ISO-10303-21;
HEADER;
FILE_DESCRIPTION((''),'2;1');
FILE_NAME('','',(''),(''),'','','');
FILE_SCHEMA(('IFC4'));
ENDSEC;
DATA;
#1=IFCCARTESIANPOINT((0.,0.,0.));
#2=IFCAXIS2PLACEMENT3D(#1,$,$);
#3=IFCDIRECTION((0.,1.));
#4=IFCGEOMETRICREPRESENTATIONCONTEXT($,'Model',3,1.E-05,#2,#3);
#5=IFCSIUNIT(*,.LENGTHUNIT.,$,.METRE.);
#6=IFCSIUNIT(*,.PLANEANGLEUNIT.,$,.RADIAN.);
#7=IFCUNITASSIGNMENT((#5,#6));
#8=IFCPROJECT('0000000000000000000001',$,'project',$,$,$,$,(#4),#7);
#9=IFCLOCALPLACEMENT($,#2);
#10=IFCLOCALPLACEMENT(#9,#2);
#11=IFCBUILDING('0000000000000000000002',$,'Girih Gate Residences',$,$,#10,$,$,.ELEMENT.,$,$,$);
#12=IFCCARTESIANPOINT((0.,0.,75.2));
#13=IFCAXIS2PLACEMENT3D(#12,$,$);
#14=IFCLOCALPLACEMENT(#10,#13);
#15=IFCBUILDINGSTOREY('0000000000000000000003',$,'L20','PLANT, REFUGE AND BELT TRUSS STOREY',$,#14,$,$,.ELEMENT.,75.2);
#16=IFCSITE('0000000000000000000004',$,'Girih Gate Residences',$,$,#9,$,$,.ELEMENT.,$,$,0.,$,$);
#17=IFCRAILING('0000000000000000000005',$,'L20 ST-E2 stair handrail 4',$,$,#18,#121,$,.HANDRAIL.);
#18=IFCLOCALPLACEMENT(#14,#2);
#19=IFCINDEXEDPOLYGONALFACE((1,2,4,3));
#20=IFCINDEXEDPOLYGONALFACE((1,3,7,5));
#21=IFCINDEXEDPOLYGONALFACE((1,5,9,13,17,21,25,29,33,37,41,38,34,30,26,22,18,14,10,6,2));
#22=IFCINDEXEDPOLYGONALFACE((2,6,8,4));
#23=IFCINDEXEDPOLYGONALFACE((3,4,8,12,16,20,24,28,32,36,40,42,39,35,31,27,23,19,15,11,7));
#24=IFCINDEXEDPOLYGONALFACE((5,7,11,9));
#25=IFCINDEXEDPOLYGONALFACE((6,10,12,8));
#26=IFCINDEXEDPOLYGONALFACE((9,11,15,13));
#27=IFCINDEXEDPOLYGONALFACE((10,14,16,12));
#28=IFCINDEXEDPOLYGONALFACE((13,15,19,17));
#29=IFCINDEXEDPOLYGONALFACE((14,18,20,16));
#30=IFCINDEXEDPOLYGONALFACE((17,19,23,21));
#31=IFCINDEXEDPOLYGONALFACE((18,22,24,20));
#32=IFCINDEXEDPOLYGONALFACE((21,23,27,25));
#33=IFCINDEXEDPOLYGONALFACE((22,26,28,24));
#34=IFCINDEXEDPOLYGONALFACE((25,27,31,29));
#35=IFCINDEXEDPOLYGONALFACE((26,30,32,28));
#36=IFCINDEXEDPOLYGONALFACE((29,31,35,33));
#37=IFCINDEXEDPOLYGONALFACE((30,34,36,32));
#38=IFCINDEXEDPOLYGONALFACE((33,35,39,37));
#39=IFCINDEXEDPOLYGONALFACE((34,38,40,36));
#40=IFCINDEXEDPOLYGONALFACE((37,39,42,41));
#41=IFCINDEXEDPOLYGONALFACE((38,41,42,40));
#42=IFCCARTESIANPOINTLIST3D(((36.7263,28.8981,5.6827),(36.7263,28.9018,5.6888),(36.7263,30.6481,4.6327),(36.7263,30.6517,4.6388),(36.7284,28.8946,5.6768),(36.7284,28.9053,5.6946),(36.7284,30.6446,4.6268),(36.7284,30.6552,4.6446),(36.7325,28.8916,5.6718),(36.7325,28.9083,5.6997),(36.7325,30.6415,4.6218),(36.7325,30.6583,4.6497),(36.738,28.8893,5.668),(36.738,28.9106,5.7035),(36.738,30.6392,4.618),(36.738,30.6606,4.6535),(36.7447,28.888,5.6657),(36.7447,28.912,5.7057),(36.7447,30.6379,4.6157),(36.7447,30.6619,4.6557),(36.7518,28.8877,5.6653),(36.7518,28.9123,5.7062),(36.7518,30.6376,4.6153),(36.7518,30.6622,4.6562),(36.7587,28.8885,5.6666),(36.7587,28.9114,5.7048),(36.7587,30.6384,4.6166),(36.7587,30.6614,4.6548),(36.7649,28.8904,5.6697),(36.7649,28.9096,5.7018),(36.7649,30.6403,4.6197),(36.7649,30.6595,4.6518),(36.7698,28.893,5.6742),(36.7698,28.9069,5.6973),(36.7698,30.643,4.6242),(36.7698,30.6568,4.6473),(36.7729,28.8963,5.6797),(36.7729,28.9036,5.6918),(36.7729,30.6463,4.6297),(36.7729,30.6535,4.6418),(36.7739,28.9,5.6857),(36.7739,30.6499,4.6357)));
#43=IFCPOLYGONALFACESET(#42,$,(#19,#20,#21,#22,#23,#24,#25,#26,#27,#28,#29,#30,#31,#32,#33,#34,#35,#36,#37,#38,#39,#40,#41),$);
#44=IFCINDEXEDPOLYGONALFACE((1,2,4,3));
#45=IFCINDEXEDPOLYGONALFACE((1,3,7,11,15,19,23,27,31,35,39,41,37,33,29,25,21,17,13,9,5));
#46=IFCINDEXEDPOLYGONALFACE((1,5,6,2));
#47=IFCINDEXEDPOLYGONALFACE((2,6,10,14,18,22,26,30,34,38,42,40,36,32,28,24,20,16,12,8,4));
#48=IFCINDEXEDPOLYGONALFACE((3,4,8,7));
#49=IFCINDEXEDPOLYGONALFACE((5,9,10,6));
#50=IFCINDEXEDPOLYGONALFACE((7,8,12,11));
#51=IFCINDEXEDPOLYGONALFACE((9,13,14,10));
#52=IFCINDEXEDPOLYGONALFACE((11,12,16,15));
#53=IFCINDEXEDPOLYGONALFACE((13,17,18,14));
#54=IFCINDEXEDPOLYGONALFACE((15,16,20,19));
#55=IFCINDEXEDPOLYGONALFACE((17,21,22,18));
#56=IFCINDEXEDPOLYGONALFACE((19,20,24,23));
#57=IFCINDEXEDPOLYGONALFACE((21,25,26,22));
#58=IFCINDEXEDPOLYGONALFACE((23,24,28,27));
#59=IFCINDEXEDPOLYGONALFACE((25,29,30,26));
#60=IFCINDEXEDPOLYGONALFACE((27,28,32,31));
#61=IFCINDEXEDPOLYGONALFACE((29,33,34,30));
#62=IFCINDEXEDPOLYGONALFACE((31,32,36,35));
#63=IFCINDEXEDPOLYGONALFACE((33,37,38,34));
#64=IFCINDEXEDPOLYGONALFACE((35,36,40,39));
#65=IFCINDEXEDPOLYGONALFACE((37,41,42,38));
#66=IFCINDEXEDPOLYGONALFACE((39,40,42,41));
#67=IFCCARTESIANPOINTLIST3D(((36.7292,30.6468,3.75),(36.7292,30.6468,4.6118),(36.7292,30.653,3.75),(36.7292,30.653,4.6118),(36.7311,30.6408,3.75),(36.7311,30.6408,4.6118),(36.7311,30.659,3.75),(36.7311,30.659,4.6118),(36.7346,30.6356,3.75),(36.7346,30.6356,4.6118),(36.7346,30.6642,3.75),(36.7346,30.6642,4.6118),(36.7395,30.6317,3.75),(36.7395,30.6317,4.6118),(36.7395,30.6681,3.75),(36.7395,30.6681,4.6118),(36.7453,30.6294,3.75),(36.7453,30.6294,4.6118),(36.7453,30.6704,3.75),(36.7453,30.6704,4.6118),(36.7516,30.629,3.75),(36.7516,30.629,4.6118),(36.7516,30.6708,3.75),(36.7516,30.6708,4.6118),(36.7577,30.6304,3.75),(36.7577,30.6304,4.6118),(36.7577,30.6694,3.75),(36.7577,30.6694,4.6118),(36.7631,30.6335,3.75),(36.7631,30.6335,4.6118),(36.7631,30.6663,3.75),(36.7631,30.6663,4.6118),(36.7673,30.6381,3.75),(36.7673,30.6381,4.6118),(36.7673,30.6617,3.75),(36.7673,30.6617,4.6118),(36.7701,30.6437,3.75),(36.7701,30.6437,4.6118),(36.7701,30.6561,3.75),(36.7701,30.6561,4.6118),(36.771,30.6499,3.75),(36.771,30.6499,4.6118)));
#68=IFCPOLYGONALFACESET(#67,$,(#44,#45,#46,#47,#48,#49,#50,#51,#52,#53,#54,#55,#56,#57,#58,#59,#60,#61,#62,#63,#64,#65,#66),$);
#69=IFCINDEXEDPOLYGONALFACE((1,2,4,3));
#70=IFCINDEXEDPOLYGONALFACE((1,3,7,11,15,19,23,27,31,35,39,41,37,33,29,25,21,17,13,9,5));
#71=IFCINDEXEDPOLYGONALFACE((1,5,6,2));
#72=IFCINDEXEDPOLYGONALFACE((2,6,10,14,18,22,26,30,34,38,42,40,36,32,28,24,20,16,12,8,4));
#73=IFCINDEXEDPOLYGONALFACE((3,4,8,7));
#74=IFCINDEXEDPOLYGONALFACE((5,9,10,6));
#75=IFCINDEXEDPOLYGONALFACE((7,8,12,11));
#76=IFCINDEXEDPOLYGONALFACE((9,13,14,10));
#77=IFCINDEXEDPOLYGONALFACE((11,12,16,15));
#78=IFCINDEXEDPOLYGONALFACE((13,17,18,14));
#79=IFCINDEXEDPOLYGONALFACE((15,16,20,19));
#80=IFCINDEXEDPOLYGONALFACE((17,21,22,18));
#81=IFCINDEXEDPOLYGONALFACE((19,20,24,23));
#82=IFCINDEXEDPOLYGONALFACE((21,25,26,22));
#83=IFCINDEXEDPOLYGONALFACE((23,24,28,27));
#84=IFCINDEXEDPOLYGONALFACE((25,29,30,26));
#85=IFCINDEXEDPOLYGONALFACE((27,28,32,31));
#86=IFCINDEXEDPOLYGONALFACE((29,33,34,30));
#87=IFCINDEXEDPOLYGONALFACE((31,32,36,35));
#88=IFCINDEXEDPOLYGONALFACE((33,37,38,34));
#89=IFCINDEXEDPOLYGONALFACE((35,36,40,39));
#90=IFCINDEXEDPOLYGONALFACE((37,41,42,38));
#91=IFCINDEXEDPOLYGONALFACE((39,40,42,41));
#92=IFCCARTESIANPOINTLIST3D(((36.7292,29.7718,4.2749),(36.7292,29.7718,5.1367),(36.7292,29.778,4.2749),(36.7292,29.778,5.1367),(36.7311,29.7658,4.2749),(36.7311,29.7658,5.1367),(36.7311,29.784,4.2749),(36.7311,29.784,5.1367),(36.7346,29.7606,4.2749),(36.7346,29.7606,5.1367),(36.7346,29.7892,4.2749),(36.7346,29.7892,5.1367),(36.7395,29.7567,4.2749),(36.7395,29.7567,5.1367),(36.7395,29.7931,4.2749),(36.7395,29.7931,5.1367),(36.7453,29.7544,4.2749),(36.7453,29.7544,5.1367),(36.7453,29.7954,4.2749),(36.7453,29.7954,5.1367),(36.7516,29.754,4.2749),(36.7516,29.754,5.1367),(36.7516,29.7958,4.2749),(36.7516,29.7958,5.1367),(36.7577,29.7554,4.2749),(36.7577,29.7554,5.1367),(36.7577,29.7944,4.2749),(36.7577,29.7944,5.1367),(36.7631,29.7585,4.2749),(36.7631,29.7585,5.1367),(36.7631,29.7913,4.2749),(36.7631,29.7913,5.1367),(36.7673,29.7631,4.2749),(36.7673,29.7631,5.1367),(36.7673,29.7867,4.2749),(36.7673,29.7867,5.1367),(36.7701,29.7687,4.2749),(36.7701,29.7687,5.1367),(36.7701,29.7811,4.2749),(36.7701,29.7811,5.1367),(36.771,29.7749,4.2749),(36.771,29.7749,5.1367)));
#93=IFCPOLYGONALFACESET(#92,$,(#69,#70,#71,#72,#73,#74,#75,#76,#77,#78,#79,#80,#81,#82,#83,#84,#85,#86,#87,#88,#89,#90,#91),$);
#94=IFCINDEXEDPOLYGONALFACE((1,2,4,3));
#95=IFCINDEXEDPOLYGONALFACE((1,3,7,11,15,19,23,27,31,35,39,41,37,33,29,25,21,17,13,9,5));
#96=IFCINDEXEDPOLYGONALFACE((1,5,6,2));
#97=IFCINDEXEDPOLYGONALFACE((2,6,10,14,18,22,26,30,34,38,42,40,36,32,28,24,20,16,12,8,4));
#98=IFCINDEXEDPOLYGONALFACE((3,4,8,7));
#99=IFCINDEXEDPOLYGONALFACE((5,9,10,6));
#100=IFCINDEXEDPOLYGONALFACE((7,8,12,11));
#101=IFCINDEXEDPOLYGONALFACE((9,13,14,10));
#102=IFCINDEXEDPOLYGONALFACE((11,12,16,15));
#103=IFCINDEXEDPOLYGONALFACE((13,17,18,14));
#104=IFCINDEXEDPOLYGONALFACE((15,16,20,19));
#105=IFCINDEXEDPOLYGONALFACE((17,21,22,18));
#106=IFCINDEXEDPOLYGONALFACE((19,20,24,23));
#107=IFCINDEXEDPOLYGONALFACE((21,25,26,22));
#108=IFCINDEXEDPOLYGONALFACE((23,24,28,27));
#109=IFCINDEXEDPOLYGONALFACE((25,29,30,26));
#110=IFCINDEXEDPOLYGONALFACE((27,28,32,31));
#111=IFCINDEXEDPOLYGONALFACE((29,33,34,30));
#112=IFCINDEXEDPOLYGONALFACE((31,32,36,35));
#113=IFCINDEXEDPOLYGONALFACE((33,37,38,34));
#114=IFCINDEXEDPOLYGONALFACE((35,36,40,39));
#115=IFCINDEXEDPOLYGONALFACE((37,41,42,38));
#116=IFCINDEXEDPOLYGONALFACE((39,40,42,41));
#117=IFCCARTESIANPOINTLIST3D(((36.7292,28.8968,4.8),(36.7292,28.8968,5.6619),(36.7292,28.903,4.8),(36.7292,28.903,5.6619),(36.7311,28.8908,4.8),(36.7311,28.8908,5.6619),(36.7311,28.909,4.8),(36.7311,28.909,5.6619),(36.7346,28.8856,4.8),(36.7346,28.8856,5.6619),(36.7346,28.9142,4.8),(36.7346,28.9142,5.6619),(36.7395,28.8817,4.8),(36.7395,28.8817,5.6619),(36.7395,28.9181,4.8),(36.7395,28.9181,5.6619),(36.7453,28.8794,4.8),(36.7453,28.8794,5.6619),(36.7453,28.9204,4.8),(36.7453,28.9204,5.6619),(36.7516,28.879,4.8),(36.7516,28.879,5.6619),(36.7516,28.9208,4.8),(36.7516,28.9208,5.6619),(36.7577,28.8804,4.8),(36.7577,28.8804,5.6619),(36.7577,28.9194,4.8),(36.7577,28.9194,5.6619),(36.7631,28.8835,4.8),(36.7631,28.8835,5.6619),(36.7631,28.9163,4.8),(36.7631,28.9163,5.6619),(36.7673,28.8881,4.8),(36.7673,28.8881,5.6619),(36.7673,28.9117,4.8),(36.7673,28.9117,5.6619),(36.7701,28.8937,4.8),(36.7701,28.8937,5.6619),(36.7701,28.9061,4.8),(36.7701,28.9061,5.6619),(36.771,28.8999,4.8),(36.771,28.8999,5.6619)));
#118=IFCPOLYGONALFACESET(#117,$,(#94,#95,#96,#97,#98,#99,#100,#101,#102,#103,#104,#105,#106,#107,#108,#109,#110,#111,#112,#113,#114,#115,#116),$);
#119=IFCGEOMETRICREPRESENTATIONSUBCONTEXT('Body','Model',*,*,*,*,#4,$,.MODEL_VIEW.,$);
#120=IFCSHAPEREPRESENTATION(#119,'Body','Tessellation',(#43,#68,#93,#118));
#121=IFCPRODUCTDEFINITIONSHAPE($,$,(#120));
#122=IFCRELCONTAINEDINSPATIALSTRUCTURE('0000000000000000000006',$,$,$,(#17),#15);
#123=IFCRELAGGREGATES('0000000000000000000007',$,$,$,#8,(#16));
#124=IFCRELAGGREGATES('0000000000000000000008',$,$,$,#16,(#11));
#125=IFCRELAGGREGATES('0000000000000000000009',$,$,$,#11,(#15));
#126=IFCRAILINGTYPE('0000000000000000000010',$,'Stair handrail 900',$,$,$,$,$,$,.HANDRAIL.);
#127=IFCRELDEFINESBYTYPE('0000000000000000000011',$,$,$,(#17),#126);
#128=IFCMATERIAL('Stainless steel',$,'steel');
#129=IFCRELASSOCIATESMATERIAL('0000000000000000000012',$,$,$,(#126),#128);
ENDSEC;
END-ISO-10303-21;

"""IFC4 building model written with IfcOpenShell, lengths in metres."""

from ifc_helpers import new_model, si_unit, direction, frame, origin, origin_2d, place, context, subcontext, project, spatial, circle, extrude, material, type_object, element, save


model = new_model("IFC4")

# Units and contexts
model_context = context("Model", 3, precision=1e-05, world=origin(), true_north=direction((0.0, 1.0)))
body_context = subcontext(model_context, "Body", "Model", "MODEL_VIEW")
ifc_project = project(units=[si_unit("LENGTHUNIT", "METRE"), si_unit("PLANEANGLEUNIT", "RADIAN")], contexts=[model_context])

# Site, building, storey
site_placement = place(None, origin())
site = spatial("IfcSite", under=ifc_project, at=site_placement, Name="Girih Gate Residences", CompositionType="ELEMENT", RefElevation=0.0)
building_placement = place(site_placement, origin())
building = spatial("IfcBuilding", under=site, at=building_placement, Name="Girih Gate Residences", CompositionType="ELEMENT")
storey_placement = place(building_placement, frame((0.0, 0.0, 75.2)))
storey = spatial("IfcBuildingStorey", under=building, at=storey_placement, Name="L20", Description="PLANT, REFUGE AND BELT TRUSS STOREY", CompositionType="ELEMENT", Elevation=75.2)

# Railing
ifc_material_1 = material(Name="Stainless steel", Category="steel")
railing_type_1 = type_object("IfcRailingType", Name="Stair handrail 900", PredefinedType="HANDRAIL", material=ifc_material_1)
railing_1_placement = place(storey_placement, frame((36.75, 30.6499, 3.75)))
element("IfcRailing", 1, at=railing_1_placement, inside=storey, type_object=railing_type_1, Name="L20 ST-E2 stair handrail 4", PredefinedType="HANDRAIL", context=body_context, shape_type="SweptSolid", body=[
    extrude(circle(Radius=0.0239, at=origin_2d()), frame((0.0, 0.0, 0.8857), z_axis=(0.0, -0.857482, 0.514513), x_axis=(1.0, 0.0, 0.0)), (0.0, 0.0, 1.0), 2.0408),
    extrude(circle(Radius=0.021, at=origin_2d()), origin(), (0.0, 0.0, 1.0), 0.8618),
    extrude(circle(Radius=0.021, at=origin_2d()), frame((0.0, -0.875, 0.5249)), (0.0, 0.0, 1.0), 0.8618),
    extrude(circle(Radius=0.021, at=origin_2d()), frame((0.0, -1.75, 1.05)), (0.0, 0.0, 1.0), 0.8618),
])

save(model, "model.ifc")
